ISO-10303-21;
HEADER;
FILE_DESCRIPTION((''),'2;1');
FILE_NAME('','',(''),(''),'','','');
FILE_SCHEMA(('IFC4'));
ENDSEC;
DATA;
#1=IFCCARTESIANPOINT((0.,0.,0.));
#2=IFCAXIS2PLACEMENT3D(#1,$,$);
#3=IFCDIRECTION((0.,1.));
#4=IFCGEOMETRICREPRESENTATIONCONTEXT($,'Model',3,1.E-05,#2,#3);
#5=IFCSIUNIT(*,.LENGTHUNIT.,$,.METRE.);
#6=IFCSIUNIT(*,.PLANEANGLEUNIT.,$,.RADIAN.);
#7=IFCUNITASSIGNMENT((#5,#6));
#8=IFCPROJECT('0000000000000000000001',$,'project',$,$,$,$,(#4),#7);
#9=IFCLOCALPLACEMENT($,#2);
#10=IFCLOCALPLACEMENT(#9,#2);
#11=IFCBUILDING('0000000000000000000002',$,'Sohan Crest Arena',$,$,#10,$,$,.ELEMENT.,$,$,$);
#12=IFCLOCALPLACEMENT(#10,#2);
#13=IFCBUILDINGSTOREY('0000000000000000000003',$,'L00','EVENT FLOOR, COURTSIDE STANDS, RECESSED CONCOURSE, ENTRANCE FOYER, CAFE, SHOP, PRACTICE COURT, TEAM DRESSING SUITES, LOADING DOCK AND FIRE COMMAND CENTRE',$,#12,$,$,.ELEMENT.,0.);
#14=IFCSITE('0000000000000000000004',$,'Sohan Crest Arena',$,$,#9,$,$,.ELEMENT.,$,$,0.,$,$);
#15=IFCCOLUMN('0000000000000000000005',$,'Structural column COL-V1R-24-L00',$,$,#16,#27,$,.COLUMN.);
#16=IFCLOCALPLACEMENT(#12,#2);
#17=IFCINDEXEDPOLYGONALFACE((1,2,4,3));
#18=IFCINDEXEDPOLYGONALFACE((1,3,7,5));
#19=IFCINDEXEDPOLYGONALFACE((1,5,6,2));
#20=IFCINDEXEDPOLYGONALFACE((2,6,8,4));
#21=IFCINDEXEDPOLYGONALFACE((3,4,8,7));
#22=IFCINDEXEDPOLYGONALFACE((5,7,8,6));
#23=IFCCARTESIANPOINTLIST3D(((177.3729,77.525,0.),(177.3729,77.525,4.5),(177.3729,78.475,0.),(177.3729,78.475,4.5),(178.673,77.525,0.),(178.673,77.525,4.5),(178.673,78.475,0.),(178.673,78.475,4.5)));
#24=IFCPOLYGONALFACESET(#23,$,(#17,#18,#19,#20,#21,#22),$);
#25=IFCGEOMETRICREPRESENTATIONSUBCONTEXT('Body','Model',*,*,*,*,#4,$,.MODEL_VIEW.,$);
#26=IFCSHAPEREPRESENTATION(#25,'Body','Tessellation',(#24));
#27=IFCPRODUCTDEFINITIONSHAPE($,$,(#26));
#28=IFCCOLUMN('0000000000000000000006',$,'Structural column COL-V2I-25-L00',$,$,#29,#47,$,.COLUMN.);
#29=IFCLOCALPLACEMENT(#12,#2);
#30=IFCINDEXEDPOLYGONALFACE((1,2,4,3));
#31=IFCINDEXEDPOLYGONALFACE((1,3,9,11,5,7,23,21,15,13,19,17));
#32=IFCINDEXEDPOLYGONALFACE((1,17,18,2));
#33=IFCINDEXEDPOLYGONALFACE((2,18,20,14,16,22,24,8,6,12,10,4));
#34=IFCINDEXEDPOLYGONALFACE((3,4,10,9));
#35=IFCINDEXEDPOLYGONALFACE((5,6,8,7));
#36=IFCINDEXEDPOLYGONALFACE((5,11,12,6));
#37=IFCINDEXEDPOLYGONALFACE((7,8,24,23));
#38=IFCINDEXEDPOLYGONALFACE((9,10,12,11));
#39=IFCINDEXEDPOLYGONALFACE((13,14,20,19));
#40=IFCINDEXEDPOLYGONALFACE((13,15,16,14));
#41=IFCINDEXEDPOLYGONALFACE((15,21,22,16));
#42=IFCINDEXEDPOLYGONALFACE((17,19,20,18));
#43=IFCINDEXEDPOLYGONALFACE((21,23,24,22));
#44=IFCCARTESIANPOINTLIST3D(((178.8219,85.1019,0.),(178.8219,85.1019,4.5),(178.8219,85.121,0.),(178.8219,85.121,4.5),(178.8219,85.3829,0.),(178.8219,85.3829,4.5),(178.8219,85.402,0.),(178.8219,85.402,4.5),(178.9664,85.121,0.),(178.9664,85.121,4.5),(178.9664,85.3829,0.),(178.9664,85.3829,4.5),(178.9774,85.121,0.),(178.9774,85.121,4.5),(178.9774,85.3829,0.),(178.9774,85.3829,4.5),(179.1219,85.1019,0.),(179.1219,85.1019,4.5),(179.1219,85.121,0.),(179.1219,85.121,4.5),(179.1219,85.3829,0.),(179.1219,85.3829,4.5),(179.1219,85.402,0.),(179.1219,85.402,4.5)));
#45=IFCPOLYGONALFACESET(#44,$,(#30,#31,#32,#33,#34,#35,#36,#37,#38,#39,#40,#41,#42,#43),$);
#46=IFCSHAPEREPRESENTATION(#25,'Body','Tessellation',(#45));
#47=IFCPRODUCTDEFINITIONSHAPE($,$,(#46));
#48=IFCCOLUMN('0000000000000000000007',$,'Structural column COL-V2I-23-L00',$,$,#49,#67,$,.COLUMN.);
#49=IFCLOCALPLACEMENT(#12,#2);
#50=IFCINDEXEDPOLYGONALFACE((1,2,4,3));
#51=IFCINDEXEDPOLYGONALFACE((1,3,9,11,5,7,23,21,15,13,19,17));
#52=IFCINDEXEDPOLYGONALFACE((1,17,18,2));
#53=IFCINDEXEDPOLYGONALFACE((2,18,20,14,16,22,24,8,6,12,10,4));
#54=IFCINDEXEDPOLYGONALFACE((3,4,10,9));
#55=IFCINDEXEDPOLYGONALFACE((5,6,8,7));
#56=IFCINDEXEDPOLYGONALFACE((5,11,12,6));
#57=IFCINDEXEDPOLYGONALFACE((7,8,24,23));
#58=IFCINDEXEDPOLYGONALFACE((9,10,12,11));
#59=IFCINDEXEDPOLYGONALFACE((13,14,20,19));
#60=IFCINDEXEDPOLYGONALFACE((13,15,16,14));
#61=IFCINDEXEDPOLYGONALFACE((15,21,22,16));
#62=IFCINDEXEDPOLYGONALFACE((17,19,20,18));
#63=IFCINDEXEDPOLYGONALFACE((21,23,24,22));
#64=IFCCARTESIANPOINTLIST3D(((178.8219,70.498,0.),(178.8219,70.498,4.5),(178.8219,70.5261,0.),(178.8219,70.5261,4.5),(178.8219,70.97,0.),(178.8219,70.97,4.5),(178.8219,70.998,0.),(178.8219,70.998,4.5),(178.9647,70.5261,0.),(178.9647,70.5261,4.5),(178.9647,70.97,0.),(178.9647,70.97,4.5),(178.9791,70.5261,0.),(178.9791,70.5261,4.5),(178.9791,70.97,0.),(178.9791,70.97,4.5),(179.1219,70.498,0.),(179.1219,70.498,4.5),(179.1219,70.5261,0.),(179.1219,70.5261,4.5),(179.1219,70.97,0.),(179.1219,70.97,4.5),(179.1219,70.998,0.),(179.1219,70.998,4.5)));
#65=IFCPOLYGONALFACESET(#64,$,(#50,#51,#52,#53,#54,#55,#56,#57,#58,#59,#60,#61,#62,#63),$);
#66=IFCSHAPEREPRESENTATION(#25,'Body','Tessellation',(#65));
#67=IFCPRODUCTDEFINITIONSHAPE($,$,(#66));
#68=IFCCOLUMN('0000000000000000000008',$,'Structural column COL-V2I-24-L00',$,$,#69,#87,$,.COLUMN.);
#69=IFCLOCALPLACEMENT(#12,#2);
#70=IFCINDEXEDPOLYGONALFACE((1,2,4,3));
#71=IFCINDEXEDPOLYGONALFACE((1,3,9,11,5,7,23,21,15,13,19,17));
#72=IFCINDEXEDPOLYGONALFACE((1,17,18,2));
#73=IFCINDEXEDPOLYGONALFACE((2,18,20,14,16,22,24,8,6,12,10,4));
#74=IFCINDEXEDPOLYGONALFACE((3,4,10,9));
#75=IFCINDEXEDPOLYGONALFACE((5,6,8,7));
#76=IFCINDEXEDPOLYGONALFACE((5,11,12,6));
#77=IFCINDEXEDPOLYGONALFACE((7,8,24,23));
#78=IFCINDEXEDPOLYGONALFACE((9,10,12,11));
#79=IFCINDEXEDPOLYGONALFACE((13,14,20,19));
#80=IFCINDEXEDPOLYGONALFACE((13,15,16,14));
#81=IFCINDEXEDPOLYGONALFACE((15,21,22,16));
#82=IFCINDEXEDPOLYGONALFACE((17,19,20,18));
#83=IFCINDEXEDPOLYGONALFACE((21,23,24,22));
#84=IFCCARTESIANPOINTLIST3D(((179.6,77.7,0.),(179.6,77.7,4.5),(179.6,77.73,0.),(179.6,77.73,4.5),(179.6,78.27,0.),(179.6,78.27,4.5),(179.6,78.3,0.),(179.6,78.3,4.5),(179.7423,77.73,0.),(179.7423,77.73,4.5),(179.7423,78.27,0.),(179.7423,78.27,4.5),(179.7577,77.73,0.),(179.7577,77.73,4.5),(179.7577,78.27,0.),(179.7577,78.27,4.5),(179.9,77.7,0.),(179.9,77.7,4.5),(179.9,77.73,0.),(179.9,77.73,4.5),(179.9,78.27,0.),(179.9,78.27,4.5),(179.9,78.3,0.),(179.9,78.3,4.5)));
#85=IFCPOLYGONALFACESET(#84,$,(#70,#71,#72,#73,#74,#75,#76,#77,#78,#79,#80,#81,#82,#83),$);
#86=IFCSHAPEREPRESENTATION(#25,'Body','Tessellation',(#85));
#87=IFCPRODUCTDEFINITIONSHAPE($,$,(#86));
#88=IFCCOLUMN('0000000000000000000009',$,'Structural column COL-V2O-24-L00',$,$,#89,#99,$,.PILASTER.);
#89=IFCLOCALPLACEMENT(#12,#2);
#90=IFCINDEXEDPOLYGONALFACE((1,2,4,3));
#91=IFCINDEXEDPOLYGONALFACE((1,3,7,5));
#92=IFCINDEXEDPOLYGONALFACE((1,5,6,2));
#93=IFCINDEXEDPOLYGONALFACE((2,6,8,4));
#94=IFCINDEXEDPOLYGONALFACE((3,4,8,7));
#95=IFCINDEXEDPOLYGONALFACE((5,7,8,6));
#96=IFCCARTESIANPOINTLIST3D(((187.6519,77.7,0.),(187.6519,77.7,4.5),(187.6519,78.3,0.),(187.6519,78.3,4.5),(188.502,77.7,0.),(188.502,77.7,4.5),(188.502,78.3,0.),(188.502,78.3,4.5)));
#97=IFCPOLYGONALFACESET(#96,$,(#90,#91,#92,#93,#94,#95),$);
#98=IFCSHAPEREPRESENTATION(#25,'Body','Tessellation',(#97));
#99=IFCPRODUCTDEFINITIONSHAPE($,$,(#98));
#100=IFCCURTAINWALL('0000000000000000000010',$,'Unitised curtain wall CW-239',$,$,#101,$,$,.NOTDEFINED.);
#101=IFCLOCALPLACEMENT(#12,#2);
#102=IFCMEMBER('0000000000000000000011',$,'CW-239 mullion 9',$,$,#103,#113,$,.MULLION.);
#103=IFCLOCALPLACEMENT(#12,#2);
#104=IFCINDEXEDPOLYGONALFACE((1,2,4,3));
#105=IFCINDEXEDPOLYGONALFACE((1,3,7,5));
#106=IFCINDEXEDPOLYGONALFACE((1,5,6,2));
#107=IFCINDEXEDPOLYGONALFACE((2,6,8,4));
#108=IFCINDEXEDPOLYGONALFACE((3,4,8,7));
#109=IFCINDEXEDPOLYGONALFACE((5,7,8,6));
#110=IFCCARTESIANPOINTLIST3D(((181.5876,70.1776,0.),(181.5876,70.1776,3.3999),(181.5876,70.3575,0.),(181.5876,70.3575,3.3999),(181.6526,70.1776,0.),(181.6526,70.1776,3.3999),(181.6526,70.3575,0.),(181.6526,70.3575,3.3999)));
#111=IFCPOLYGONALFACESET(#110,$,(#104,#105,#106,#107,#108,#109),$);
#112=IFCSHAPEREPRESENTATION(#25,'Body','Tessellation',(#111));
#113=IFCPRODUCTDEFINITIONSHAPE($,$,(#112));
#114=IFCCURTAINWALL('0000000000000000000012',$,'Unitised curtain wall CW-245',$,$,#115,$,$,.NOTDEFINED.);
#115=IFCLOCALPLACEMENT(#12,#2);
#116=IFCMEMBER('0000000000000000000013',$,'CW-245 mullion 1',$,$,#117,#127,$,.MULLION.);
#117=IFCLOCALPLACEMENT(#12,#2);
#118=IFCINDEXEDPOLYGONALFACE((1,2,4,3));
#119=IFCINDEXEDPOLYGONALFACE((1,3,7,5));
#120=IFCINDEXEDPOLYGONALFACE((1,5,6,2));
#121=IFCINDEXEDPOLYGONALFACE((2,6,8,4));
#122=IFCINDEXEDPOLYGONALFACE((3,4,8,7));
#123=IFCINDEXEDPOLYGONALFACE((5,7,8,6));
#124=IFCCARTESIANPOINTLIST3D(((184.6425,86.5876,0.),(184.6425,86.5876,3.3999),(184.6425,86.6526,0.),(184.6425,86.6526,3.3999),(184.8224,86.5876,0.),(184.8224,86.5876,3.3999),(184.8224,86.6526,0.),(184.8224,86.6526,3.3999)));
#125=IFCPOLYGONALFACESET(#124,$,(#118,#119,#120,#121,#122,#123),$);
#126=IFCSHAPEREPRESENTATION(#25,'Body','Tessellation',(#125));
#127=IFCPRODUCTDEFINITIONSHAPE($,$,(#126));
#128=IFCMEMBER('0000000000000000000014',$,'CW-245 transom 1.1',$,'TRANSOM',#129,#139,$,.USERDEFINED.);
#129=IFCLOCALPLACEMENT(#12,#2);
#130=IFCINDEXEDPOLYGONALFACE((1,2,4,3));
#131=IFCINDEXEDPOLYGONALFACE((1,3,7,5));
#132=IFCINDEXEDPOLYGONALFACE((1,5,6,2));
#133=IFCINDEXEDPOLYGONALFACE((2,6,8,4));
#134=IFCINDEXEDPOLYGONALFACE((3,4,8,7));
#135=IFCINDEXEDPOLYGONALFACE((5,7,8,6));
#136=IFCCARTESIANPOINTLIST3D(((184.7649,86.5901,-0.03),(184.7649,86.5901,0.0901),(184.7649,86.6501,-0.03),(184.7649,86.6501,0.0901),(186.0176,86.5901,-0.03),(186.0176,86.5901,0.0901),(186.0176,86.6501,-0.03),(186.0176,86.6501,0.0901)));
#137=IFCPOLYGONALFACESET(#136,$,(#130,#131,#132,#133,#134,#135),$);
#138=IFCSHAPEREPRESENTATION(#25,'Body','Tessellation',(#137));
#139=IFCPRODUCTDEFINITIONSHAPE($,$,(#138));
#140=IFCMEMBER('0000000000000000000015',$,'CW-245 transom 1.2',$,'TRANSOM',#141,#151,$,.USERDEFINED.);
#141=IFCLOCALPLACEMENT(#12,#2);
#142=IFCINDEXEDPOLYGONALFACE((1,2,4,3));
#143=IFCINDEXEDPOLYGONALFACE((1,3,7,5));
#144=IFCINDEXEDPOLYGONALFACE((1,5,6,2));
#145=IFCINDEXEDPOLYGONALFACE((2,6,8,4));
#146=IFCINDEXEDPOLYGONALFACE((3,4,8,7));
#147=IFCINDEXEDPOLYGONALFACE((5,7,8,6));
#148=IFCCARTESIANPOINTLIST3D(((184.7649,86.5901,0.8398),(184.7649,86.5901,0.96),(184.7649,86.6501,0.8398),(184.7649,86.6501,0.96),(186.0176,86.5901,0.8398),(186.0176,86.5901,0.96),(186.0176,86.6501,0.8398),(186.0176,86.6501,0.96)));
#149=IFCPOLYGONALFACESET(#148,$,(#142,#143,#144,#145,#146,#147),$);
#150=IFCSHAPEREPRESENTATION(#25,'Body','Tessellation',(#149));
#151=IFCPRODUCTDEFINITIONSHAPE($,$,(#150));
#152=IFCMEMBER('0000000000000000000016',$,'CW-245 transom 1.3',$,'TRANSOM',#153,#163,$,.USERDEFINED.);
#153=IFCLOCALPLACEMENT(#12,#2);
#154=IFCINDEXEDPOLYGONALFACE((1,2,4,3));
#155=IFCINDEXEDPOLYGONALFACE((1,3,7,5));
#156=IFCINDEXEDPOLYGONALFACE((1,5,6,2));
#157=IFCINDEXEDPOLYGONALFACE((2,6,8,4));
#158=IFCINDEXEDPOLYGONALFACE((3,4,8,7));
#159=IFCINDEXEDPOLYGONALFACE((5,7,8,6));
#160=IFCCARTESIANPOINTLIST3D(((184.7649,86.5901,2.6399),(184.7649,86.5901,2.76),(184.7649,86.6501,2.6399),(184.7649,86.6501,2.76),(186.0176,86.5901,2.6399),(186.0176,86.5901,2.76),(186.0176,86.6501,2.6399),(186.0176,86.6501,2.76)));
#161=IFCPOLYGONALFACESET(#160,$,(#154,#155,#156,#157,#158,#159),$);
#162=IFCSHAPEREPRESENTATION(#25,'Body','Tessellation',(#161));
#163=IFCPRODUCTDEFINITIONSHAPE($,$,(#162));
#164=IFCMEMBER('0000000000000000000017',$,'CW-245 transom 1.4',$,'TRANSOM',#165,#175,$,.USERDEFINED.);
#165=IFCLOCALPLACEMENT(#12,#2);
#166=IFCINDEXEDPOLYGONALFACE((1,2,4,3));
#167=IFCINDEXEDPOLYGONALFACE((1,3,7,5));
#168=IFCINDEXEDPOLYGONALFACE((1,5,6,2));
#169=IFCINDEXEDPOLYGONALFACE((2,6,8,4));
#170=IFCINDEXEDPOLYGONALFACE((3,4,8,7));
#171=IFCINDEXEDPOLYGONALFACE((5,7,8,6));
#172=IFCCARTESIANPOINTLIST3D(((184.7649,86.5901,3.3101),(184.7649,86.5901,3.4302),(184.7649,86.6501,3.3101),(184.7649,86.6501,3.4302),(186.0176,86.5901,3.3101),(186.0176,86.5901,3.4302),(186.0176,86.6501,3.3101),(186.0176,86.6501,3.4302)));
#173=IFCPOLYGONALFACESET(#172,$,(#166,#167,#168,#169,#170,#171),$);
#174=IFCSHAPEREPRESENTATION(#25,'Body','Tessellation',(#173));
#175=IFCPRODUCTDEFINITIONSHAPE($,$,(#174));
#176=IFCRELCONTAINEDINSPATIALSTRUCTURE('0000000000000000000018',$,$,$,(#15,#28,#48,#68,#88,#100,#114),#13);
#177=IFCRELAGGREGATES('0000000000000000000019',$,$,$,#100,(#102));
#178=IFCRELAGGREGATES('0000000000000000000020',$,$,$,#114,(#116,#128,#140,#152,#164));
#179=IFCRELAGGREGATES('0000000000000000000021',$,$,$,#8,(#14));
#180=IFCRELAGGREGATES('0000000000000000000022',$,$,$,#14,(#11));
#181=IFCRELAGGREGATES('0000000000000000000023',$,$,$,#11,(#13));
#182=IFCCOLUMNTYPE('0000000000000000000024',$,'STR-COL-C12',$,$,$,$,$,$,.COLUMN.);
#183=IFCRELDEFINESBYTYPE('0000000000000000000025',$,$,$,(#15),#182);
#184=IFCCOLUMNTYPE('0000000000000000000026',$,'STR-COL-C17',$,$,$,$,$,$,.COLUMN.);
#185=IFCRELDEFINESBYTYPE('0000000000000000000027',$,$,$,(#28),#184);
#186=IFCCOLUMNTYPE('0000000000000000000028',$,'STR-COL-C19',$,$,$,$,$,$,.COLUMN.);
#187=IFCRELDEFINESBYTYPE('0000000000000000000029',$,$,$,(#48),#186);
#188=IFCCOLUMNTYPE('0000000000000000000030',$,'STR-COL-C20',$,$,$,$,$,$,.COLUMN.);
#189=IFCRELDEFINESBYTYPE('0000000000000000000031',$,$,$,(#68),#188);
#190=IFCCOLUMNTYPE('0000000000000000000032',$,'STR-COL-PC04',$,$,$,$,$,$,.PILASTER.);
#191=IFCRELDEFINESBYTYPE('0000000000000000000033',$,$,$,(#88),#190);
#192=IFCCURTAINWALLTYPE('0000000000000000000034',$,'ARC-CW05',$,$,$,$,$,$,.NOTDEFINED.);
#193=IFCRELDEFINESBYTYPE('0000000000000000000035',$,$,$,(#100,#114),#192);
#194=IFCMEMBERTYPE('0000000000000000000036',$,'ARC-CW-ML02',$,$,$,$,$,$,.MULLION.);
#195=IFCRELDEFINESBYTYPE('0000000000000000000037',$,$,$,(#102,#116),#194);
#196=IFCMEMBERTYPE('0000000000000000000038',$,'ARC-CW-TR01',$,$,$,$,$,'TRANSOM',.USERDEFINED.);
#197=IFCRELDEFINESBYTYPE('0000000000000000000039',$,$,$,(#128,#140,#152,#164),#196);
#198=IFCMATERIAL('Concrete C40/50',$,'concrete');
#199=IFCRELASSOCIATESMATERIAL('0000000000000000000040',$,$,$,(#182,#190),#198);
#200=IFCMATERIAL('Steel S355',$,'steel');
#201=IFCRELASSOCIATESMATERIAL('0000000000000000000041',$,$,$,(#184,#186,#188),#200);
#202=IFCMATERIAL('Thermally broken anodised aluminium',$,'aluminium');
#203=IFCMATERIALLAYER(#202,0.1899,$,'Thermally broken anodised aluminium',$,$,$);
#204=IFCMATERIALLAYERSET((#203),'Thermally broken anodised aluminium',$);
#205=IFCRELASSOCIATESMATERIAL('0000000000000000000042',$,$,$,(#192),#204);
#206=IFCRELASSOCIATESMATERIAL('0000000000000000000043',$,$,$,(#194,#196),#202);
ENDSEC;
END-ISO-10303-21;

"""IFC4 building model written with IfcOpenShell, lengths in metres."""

from ifc_helpers import new_model, si_unit, direction, frame, origin, origin_2d, place, context, subcontext, project, spatial, rectangle, i_section, extrude, material, layer, layer_set, material_profile, profile_set, type_object, element, aggregate, save


model = new_model("IFC4")

# Units and contexts
model_context = context("Model", 3, precision=1e-05, world=origin(), true_north=direction((0.0, 1.0)))
body_context = subcontext(model_context, "Body", "Model", "MODEL_VIEW")
ifc_project = project(units=[si_unit("LENGTHUNIT", "METRE"), si_unit("PLANEANGLEUNIT", "RADIAN")], contexts=[model_context])

# Site, building, storey
site_placement = place(None, origin())
site = spatial("IfcSite", under=ifc_project, at=site_placement, Name="Sohan Crest Arena", CompositionType="ELEMENT", RefElevation=0.0)
building_placement = place(site_placement, origin())
building = spatial("IfcBuilding", under=site, at=building_placement, Name="Sohan Crest Arena", CompositionType="ELEMENT")
storey_placement = place(building_placement, origin())
storey = spatial("IfcBuildingStorey", under=building, at=storey_placement, Name="L00", Description="EVENT FLOOR, COURTSIDE STANDS, RECESSED CONCOURSE, ENTRANCE FOYER, CAFE, SHOP, PRACTICE COURT, TEAM DRESSING SUITES, LOADING DOCK AND FIRE COMMAND CENTRE", CompositionType="ELEMENT", Elevation=0.0)

# Columns
ifc_material_1 = material(Name="Concrete C40/50", Category="concrete")
ifc_material_profile_1 = material_profile(ifc_material_1, rectangle(XDim=1.3, YDim=0.95, at=origin_2d()), Name="RC 1300x950")
ifc_profile_set_1 = profile_set([ifc_material_profile_1], Name="Concrete C40/50")
column_type_1 = type_object("IfcColumnType", Name="STR-COL-C12", PredefinedType="COLUMN", material=ifc_profile_set_1)
column_1_placement = place(storey_placement, frame((178.0229, 78.0, 0.0), z_axis=(0.0, 0.0, 1.0), x_axis=(1.0, 0.0, 0.0)))
element("IfcColumn", 1, at=column_1_placement, inside=storey, type_object=column_type_1, Name="Structural column COL-V1R-24-L00", PredefinedType="COLUMN", context=body_context, shape_type="SweptSolid", body=[
    extrude(rectangle(XDim=1.3, YDim=0.95, at=origin_2d()), origin(), (0.0, 0.0, 1.0), 4.5),
])
ifc_material_2 = material(Name="Steel S355", Category="steel")
ifc_material_profile_2 = material_profile(ifc_material_2, i_section(OverallWidth=0.3, OverallDepth=0.3, WebThickness=0.011, FlangeThickness=0.019, at=origin_2d()), Name="HEB 300")
ifc_profile_set_2 = profile_set([ifc_material_profile_2], Name="Steel S355")
column_type_2 = type_object("IfcColumnType", Name="STR-COL-C17", PredefinedType="COLUMN", material=ifc_profile_set_2)
column_2_placement = place(storey_placement, frame((178.9719, 85.252, 0.0), z_axis=(0.0, 0.0, 1.0), x_axis=(1.0, 0.0, 0.0)))
element("IfcColumn", 2, at=column_2_placement, inside=storey, type_object=column_type_2, Name="Structural column COL-V2I-25-L00", PredefinedType="COLUMN", context=body_context, shape_type="SweptSolid", body=[
    extrude(i_section(OverallWidth=0.3, OverallDepth=0.3, WebThickness=0.011, FlangeThickness=0.019, at=origin_2d()), origin(), (0.0, 0.0, 1.0), 4.5),
])
ifc_material_profile_3 = material_profile(ifc_material_2, i_section(OverallWidth=0.3, OverallDepth=0.5, WebThickness=0.0144, FlangeThickness=0.0281, at=origin_2d()), Name="HEB 500")
ifc_profile_set_3 = profile_set([ifc_material_profile_3], Name="Steel S355")
column_type_3 = type_object("IfcColumnType", Name="STR-COL-C19", PredefinedType="COLUMN", material=ifc_profile_set_3)
column_3_placement = place(storey_placement, frame((178.9719, 70.748, 0.0), z_axis=(0.0, 0.0, 1.0), x_axis=(1.0, 0.0, 0.0)))
element("IfcColumn", 3, at=column_3_placement, inside=storey, type_object=column_type_3, Name="Structural column COL-V2I-23-L00", PredefinedType="COLUMN", context=body_context, shape_type="SweptSolid", body=[
    extrude(i_section(OverallWidth=0.3, OverallDepth=0.5, WebThickness=0.0144, FlangeThickness=0.0281, at=origin_2d()), origin(), (0.0, 0.0, 1.0), 4.5),
])
ifc_material_profile_4 = material_profile(ifc_material_2, i_section(OverallWidth=0.3, OverallDepth=0.6001, WebThickness=0.0154, FlangeThickness=0.03, at=origin_2d()), Name="HEB 600")
ifc_profile_set_4 = profile_set([ifc_material_profile_4], Name="Steel S355")
column_type_4 = type_object("IfcColumnType", Name="STR-COL-C20", PredefinedType="COLUMN", material=ifc_profile_set_4)
column_4_placement = place(storey_placement, frame((179.75, 78.0, 0.0), z_axis=(0.0, 0.0, 1.0), x_axis=(1.0, 0.0, 0.0)))
element("IfcColumn", 4, at=column_4_placement, inside=storey, type_object=column_type_4, Name="Structural column COL-V2I-24-L00", PredefinedType="COLUMN", context=body_context, shape_type="SweptSolid", body=[
    extrude(i_section(OverallWidth=0.3, OverallDepth=0.6001, WebThickness=0.0154, FlangeThickness=0.03, at=origin_2d()), origin(), (0.0, 0.0, 1.0), 4.5),
])
ifc_material_profile_5 = material_profile(ifc_material_1, rectangle(XDim=0.8501, YDim=0.6001, at=origin_2d()), Name="RC 850x600")
ifc_profile_set_5 = profile_set([ifc_material_profile_5], Name="Concrete C40/50")
column_type_5 = type_object("IfcColumnType", Name="STR-COL-PC04", PredefinedType="PILASTER", material=ifc_profile_set_5)
column_5_placement = place(storey_placement, frame((188.0769, 78.0, 0.0), z_axis=(0.0, 0.0, 1.0), x_axis=(1.0, 0.0, 0.0)))
element("IfcColumn", 5, at=column_5_placement, inside=storey, type_object=column_type_5, Name="Structural column COL-V2O-24-L00", PredefinedType="PILASTER", context=body_context, shape_type="SweptSolid", body=[
    extrude(rectangle(XDim=0.8501, YDim=0.6001, at=origin_2d()), origin(), (0.0, 0.0, 1.0), 4.5),
])

# Curtain wall, member
ifc_material_3 = material(Name="Thermally broken anodised aluminium", Category="aluminium")
ifc_layer_1 = layer(ifc_material_3, 0.1899, Name="Thermally broken anodised aluminium")
ifc_layer_set_1 = layer_set([ifc_layer_1], Name="Thermally broken anodised aluminium")
curtain_wall_type = type_object("IfcCurtainWallType", Name="ARC-CW05", PredefinedType="NOTDEFINED", material=ifc_layer_set_1)
curtain_wall_1_placement = place(storey_placement, origin())
curtain_wall_1 = element("IfcCurtainWall", 6, at=curtain_wall_1_placement, inside=storey, type_object=curtain_wall_type, Name="Unitised curtain wall CW-239", PredefinedType="NOTDEFINED")
ifc_material_profile_6 = material_profile(ifc_material_3, rectangle(XDim=0.0649, YDim=0.1799, at=origin_2d()), Name="ALU-MULL 65x180")
ifc_profile_set_6 = profile_set([ifc_material_profile_6], Name="Thermally broken anodised aluminium")
member_type_1 = type_object("IfcMemberType", Name="ARC-CW-ML02", PredefinedType="MULLION", material=ifc_profile_set_6)
member_1_placement = place(storey_placement, frame((181.6201, 70.2676, 0.0), z_axis=(0.0, 0.0, 1.0), x_axis=(-1.0, 0.0, 0.0)))
member_1 = element("IfcMember", 7, at=member_1_placement, type_object=member_type_1, Name="CW-239 mullion 9", PredefinedType="MULLION", context=body_context, shape_type="SweptSolid", body=[
    extrude(rectangle(XDim=0.0649, YDim=0.1799, at=origin_2d()), origin(), (0.0, 0.0, 1.0), 3.3999),
])

# Curtain wall, members
curtain_wall_2_placement = place(storey_placement, origin())
curtain_wall_2 = element("IfcCurtainWall", 8, at=curtain_wall_2_placement, inside=storey, type_object=curtain_wall_type, Name="Unitised curtain wall CW-245", PredefinedType="NOTDEFINED")
member_2_placement = place(storey_placement, frame((184.7324, 86.6201, 0.0), z_axis=(0.0, 0.0, 1.0), x_axis=(0.0, 1.0, 0.0)))
member_2 = element("IfcMember", 9, at=member_2_placement, type_object=member_type_1, Name="CW-245 mullion 1", PredefinedType="MULLION", context=body_context, shape_type="SweptSolid", body=[
    extrude(rectangle(XDim=0.0649, YDim=0.1799, at=origin_2d()), origin(), (0.0, 0.0, 1.0), 3.3999),
])
ifc_material_profile_7 = material_profile(ifc_material_3, rectangle(XDim=0.0601, YDim=0.1201, at=origin_2d()), Name="ALU-TRAN 60x120")
ifc_profile_set_7 = profile_set([ifc_material_profile_7], Name="Thermally broken anodised aluminium")
member_type_2 = type_object("IfcMemberType", Name="ARC-CW-TR01", ElementType="TRANSOM", PredefinedType="USERDEFINED", material=ifc_profile_set_7)
member_3_placement = place(storey_placement, frame((184.7649, 86.6201, 0.03), z_axis=(1.0, 0.0, 0.0), x_axis=(0.0, 1.0, 0.0)))
member_3 = element("IfcMember", 10, at=member_3_placement, type_object=member_type_2, Name="CW-245 transom 1.1", ObjectType="TRANSOM", PredefinedType="USERDEFINED", context=body_context, shape_type="SweptSolid", body=[
    extrude(rectangle(XDim=0.0601, YDim=0.1201, at=origin_2d()), origin(), (0.0, 0.0, 1.0), 1.2527),
])
member_4_placement = place(storey_placement, frame((184.7649, 86.6201, 0.8999), z_axis=(1.0, 0.0, 0.0), x_axis=(0.0, 1.0, 0.0)))
member_4 = element("IfcMember", 11, at=member_4_placement, type_object=member_type_2, Name="CW-245 transom 1.2", ObjectType="TRANSOM", PredefinedType="USERDEFINED", context=body_context, shape_type="SweptSolid", body=[
    extrude(rectangle(XDim=0.0601, YDim=0.1201, at=origin_2d()), origin(), (0.0, 0.0, 1.0), 1.2527),
])
member_5_placement = place(storey_placement, frame((184.7649, 86.6201, 2.7), z_axis=(1.0, 0.0, 0.0), x_axis=(0.0, 1.0, 0.0)))
member_5 = element("IfcMember", 12, at=member_5_placement, type_object=member_type_2, Name="CW-245 transom 1.3", ObjectType="TRANSOM", PredefinedType="USERDEFINED", context=body_context, shape_type="SweptSolid", body=[
    extrude(rectangle(XDim=0.0601, YDim=0.1201, at=origin_2d()), origin(), (0.0, 0.0, 1.0), 1.2527),
])
member_6_placement = place(storey_placement, frame((184.7649, 86.6201, 3.3701), z_axis=(1.0, 0.0, 0.0), x_axis=(0.0, 1.0, 0.0)))
member_6 = element("IfcMember", 13, at=member_6_placement, type_object=member_type_2, Name="CW-245 transom 1.4", ObjectType="TRANSOM", PredefinedType="USERDEFINED", context=body_context, shape_type="SweptSolid", body=[
    extrude(rectangle(XDim=0.0601, YDim=0.1201, at=origin_2d()), origin(), (0.0, 0.0, 1.0), 1.2527),
])

aggregate(curtain_wall_1, [member_1])
aggregate(curtain_wall_2, [member_2, member_3, member_4, member_5, member_6])

save(model, "model.ifc")
